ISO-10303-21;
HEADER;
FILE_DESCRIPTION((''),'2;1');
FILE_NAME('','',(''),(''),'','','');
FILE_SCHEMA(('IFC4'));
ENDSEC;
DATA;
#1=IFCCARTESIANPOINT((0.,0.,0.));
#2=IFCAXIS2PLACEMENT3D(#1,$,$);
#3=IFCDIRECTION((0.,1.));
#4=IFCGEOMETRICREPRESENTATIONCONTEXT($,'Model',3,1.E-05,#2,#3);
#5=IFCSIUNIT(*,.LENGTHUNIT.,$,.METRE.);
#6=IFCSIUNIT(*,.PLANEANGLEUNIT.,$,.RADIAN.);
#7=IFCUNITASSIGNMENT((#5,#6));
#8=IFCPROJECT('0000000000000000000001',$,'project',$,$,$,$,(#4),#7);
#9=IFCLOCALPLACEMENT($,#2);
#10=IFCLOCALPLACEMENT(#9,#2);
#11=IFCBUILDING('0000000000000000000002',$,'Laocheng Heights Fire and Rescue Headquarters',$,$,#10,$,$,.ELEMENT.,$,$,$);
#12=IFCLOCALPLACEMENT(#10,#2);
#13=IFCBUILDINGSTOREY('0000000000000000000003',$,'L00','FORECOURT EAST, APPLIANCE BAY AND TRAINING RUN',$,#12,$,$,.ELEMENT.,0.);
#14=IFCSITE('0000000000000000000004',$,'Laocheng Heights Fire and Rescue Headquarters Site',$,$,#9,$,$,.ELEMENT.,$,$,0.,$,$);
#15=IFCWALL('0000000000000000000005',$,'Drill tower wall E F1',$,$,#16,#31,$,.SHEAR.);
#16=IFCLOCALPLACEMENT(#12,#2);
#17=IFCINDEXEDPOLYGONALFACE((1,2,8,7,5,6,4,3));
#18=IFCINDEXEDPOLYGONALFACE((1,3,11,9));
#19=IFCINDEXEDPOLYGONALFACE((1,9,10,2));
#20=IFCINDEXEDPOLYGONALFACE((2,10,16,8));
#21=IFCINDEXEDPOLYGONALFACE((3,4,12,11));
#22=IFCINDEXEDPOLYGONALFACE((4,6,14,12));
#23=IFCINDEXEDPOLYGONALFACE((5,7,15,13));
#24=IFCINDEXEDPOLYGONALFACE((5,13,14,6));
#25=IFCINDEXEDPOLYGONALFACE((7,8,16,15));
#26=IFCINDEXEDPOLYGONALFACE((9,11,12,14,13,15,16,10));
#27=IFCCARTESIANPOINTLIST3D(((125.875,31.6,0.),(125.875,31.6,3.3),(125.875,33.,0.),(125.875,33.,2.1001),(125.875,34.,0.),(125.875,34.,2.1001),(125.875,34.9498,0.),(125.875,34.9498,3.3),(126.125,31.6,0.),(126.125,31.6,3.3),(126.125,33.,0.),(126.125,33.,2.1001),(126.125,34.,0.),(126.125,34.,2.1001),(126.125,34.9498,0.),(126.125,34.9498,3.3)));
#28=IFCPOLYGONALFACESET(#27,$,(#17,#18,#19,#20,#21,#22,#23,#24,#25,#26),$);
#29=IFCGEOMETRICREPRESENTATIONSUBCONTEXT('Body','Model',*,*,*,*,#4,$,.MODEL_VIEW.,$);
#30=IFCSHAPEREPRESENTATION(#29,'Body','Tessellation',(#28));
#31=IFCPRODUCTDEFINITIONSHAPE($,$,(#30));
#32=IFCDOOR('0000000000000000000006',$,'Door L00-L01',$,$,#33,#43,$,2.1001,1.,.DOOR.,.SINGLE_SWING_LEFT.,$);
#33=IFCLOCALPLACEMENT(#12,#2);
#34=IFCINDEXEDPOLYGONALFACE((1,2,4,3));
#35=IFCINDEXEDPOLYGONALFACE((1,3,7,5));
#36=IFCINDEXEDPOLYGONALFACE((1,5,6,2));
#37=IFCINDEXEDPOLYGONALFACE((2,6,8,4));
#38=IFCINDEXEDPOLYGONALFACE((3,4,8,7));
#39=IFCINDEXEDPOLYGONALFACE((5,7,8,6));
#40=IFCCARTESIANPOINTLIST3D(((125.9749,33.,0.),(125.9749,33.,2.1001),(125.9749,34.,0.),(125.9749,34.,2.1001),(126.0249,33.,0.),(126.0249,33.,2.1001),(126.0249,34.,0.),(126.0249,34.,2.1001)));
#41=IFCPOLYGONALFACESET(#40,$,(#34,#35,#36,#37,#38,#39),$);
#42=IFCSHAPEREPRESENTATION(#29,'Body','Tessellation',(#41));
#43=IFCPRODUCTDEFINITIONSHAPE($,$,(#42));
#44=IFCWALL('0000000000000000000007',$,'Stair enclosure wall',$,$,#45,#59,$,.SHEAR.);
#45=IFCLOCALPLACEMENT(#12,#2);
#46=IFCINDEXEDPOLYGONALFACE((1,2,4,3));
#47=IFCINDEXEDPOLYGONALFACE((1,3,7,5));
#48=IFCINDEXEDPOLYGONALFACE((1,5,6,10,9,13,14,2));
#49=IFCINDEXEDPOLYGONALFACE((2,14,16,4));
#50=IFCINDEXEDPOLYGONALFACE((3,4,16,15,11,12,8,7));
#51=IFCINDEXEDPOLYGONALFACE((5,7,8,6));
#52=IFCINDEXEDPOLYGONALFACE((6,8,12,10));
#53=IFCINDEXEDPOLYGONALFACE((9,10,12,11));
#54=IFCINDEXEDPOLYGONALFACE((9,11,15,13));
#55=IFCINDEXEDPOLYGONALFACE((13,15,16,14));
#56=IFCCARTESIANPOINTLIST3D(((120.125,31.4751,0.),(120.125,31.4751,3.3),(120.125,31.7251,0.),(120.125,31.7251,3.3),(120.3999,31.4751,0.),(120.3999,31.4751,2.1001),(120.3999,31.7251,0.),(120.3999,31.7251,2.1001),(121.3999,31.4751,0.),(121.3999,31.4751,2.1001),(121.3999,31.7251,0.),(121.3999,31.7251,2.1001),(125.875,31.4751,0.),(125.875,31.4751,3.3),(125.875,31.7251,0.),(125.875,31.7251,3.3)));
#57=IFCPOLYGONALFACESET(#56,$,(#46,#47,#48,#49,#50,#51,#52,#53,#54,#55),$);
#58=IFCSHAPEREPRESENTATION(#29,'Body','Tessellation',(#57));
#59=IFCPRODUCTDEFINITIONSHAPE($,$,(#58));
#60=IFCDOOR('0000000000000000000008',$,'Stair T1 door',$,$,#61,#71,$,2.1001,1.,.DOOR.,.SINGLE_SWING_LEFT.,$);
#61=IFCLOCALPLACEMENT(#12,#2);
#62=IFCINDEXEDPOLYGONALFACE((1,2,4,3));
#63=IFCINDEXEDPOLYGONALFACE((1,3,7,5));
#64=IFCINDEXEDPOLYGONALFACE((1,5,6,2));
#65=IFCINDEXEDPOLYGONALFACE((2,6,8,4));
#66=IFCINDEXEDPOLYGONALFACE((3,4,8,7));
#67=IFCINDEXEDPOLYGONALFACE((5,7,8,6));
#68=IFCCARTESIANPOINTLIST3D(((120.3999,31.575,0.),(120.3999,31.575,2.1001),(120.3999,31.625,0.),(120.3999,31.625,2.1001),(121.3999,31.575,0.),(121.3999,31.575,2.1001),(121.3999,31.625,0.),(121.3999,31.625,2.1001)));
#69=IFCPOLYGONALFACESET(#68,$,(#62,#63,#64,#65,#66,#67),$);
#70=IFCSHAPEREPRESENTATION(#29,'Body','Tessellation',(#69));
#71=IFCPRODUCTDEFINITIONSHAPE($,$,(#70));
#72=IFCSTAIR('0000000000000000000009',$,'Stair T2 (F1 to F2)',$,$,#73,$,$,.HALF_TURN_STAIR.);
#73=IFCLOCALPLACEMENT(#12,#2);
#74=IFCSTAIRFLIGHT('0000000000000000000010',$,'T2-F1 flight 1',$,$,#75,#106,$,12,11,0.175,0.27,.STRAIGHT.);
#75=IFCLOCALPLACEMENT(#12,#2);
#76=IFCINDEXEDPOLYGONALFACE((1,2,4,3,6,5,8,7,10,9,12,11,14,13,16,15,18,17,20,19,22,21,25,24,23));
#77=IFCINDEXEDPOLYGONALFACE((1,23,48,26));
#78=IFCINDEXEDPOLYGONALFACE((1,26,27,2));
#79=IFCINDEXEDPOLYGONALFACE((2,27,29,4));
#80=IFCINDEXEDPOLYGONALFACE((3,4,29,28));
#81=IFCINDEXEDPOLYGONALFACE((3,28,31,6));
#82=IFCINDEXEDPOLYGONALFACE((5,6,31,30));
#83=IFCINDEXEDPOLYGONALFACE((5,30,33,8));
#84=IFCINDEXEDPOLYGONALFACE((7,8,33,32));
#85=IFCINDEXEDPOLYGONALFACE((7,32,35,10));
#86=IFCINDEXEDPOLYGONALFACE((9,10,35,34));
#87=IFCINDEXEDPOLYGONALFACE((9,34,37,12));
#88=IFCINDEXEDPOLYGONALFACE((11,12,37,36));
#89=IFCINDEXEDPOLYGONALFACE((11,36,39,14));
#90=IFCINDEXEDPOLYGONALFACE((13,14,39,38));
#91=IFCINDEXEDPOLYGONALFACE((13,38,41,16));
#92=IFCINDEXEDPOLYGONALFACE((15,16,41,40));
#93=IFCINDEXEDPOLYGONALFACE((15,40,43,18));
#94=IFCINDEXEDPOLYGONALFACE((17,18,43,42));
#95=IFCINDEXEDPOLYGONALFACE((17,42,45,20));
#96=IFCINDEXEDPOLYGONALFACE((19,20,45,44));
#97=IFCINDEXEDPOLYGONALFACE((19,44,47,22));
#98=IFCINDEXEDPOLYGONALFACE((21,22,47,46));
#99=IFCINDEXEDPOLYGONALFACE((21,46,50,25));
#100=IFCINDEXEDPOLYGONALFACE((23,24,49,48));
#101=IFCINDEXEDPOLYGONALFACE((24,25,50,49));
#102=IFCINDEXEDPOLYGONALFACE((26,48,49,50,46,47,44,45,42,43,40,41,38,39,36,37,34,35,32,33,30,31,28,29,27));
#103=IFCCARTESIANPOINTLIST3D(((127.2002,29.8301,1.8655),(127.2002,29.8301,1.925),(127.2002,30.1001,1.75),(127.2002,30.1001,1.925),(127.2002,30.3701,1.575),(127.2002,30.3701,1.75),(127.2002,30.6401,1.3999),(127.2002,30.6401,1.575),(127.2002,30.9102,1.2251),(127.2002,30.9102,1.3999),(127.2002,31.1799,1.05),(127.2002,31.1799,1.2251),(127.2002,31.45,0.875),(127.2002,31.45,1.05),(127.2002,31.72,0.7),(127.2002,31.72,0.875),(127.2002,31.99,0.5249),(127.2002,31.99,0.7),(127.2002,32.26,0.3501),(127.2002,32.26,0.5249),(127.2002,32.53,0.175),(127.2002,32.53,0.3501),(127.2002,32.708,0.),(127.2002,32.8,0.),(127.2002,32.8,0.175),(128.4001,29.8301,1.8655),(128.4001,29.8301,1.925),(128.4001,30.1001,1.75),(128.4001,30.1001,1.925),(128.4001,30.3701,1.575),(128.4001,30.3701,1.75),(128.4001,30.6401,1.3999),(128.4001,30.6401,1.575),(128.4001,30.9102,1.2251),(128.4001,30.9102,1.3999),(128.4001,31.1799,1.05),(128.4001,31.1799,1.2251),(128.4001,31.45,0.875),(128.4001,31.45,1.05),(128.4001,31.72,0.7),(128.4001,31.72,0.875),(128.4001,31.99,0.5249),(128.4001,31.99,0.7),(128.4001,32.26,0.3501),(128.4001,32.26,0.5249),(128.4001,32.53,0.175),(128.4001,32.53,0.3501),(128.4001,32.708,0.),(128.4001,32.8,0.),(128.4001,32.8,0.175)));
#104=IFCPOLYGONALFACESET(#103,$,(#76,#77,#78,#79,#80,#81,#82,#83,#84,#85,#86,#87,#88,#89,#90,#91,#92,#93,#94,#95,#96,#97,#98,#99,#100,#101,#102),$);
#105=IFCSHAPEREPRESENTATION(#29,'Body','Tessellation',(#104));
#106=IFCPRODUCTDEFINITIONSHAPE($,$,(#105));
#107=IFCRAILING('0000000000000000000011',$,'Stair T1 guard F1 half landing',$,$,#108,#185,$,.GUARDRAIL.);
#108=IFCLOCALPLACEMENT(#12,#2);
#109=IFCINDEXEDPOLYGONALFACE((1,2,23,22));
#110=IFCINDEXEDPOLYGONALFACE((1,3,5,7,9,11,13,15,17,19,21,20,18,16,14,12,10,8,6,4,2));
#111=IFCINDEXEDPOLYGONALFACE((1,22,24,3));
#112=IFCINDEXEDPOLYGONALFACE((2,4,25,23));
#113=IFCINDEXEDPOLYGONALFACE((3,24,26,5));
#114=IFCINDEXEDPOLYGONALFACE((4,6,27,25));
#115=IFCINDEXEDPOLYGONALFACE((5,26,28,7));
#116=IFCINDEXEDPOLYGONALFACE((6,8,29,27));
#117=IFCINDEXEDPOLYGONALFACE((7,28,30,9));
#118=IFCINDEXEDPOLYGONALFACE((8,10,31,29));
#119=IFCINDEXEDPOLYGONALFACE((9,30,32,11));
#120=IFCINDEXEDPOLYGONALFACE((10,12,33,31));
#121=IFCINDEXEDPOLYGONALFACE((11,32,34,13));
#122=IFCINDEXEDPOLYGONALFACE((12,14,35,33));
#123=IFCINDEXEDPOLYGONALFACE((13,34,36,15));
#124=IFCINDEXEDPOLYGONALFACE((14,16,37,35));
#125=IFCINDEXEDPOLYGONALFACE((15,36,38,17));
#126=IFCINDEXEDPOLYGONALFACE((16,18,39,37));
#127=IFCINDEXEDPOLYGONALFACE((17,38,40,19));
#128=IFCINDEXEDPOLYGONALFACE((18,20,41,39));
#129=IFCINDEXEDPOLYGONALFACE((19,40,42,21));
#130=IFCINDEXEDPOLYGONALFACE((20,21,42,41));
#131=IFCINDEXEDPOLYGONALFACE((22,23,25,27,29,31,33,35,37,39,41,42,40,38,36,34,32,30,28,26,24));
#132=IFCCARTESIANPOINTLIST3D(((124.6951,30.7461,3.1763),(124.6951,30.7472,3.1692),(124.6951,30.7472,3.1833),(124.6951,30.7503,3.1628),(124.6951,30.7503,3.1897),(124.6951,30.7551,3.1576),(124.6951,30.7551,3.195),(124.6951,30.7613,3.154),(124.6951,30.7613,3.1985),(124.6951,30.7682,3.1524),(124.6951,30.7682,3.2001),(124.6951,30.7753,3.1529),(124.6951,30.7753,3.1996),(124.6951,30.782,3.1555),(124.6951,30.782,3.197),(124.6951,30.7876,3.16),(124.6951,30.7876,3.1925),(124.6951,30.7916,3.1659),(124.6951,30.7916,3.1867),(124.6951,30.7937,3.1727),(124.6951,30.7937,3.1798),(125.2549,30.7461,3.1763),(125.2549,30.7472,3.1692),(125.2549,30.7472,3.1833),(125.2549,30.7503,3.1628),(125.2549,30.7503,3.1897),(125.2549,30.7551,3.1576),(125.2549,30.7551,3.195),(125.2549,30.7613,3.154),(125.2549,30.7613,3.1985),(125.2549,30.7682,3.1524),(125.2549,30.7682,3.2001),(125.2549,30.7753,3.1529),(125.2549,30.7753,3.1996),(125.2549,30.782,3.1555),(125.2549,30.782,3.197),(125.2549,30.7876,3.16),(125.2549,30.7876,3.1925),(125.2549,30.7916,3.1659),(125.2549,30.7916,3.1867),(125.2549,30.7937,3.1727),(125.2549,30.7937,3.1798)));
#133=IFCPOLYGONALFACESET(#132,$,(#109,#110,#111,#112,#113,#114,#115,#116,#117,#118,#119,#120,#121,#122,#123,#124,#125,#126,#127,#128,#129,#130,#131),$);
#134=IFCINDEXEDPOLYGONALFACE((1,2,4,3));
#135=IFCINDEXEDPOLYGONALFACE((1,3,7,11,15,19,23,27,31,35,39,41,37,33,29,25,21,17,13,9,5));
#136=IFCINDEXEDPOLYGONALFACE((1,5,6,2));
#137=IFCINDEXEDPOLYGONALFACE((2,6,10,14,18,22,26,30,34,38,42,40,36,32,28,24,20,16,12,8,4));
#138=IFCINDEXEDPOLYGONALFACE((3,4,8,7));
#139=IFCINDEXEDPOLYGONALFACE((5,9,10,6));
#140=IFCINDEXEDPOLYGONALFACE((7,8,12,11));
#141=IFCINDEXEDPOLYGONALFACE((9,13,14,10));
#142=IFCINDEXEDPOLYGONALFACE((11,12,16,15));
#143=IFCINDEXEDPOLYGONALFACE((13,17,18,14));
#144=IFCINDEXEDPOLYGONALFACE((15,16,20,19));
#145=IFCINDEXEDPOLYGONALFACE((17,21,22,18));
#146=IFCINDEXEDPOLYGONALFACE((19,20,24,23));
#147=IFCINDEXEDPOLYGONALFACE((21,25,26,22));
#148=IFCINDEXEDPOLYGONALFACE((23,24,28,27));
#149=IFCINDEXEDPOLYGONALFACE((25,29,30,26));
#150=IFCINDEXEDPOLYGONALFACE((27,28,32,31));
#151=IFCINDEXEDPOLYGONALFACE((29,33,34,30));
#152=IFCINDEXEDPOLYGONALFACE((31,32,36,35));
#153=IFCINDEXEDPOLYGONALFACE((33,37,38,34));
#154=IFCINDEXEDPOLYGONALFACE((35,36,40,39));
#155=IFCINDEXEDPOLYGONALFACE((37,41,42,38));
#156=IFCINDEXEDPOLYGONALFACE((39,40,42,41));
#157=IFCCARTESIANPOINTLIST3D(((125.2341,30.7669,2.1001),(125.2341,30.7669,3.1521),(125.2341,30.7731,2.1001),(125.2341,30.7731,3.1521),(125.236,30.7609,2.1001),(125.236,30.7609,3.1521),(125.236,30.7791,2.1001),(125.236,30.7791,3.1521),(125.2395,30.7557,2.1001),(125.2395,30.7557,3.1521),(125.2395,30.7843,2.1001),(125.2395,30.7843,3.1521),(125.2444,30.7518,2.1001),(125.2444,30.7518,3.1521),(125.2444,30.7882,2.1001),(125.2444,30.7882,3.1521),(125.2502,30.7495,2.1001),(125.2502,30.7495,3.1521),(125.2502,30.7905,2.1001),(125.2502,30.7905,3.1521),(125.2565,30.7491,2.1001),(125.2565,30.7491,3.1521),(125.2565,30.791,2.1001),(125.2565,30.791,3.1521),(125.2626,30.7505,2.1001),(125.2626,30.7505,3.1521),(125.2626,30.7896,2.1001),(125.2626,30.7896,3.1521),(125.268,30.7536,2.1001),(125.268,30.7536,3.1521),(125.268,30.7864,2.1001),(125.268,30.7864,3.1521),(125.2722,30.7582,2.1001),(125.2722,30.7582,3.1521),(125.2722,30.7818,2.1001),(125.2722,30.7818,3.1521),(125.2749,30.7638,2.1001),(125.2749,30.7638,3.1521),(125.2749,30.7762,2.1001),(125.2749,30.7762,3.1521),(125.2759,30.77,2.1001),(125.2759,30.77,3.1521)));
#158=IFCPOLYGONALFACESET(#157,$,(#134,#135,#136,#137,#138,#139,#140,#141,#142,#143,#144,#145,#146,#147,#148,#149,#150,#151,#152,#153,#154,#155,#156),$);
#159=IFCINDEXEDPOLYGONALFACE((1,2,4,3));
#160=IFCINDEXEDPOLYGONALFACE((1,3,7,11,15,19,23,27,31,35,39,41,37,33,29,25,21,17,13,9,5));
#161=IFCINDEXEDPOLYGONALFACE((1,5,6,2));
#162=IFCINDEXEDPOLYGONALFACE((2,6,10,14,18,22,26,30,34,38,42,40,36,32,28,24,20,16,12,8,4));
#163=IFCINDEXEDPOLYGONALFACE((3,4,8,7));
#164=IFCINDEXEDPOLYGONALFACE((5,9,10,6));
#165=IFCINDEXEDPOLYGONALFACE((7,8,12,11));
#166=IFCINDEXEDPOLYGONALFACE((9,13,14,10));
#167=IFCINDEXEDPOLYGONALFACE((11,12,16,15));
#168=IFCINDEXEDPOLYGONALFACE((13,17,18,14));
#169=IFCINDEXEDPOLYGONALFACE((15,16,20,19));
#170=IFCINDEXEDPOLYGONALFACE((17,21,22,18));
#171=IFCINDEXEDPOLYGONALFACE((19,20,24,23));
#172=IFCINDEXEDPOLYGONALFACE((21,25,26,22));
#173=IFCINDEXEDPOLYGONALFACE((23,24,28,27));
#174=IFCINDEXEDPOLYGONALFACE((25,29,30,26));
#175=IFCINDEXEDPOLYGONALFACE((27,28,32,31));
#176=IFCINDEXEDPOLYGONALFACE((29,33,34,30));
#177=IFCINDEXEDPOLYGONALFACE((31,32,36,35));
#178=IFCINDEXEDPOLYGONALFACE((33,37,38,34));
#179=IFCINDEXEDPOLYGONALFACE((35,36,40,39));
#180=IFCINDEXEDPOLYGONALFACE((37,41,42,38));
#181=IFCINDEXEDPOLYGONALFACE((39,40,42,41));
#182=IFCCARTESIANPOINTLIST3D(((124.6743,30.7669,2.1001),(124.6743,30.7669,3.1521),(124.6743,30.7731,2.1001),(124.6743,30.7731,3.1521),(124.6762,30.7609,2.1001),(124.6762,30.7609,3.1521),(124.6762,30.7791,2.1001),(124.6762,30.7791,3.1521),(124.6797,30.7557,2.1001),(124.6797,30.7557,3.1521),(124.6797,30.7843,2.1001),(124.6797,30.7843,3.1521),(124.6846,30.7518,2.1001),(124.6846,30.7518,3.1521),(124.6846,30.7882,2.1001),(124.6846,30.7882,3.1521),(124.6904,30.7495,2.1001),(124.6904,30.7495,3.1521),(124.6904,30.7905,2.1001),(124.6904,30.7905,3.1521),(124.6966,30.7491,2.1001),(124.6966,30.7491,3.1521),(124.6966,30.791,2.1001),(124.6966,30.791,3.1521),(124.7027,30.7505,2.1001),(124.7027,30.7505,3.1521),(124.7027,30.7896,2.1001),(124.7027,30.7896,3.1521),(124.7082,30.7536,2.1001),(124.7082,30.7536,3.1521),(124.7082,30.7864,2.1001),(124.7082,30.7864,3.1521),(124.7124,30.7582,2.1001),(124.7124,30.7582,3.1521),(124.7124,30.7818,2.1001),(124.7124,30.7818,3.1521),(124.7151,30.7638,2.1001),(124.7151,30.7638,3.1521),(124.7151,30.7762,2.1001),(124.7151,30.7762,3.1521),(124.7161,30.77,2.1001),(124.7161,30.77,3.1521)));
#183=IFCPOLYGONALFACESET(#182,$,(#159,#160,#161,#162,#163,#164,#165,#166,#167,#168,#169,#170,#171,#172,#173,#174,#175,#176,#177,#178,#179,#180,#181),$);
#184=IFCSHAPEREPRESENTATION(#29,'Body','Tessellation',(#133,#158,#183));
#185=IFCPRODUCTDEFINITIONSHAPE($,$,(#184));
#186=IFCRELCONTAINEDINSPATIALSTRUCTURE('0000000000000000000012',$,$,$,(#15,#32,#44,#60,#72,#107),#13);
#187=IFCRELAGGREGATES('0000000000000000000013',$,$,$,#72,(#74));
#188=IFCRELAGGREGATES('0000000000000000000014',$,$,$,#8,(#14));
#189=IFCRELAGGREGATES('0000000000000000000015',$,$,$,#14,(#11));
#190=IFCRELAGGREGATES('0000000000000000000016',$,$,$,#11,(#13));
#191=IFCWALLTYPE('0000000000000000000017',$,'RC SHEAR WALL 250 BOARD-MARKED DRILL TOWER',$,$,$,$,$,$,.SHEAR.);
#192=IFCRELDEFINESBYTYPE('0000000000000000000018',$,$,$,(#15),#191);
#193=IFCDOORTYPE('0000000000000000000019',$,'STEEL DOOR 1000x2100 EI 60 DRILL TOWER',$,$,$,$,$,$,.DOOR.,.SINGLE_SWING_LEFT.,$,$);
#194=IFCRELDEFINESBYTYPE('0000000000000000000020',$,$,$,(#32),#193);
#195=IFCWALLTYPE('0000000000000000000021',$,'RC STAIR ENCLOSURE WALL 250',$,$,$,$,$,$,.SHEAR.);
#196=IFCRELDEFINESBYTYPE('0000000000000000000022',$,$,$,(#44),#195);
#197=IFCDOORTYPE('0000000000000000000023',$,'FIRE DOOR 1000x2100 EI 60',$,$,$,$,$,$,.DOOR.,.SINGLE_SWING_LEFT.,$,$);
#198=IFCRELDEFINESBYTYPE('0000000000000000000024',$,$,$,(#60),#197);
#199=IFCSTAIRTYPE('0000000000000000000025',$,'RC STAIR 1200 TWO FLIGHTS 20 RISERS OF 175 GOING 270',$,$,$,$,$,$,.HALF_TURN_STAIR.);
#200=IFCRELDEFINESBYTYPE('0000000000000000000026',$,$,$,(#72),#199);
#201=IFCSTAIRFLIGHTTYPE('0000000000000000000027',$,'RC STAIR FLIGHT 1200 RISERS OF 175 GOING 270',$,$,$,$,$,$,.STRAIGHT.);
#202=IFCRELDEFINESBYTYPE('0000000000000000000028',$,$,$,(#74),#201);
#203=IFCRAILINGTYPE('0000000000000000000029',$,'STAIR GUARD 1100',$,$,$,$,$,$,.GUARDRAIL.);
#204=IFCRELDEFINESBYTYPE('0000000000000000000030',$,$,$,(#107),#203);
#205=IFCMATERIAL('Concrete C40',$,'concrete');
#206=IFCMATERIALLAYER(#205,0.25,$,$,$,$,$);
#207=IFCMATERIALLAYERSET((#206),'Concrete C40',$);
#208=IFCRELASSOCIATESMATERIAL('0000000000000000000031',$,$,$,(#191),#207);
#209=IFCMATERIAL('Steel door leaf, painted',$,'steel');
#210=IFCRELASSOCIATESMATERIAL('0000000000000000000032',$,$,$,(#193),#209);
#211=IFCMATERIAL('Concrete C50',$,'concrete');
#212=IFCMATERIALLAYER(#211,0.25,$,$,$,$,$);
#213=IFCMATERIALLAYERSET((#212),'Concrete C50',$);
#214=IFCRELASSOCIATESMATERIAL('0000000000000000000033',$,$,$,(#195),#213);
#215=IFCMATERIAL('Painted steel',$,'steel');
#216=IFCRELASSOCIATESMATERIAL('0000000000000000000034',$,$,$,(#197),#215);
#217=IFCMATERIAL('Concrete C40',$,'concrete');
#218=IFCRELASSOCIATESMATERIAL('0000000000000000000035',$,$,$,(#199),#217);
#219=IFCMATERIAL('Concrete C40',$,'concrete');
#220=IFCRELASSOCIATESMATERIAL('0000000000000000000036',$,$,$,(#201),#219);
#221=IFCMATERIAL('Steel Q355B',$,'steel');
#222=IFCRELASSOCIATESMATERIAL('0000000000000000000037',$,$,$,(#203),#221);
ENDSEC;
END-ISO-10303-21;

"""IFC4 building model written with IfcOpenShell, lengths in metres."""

from ifc_helpers import new_model, si_unit, direction, frame, frame_2d, origin, origin_2d, place, context, subcontext, project, spatial, polyline, rectangle, circle, outline, extrude, material, layer, layer_set, type_object, element, fill, aggregate, save


model = new_model("IFC4")

# Units and contexts
model_context = context("Model", 3, precision=1e-05, world=origin(), true_north=direction((0.0, 1.0)))
body_context = subcontext(model_context, "Body", "Model", "MODEL_VIEW")
ifc_project = project(units=[si_unit("LENGTHUNIT", "METRE"), si_unit("PLANEANGLEUNIT", "RADIAN")], contexts=[model_context])

# Site, building, storey
site_placement = place(None, origin())
site = spatial("IfcSite", under=ifc_project, at=site_placement, Name="Laocheng Heights Fire and Rescue Headquarters Site", CompositionType="ELEMENT", RefElevation=0.0)
building_placement = place(site_placement, origin())
building = spatial("IfcBuilding", under=site, at=building_placement, Name="Laocheng Heights Fire and Rescue Headquarters", CompositionType="ELEMENT")
storey_placement = place(building_placement, origin())
storey = spatial("IfcBuildingStorey", under=building, at=storey_placement, Name="L00", Description="FORECOURT EAST, APPLIANCE BAY AND TRAINING RUN", CompositionType="ELEMENT", Elevation=0.0)

# Shared definitions
ifc_material_1 = material(Name="Concrete C40", Category="concrete")
ifc_layer_1 = layer(ifc_material_1, 0.25)
ifc_layer_set_1 = layer_set([ifc_layer_1], Name="Concrete C40")
wall_type_1 = type_object("IfcWallType", Name="RC SHEAR WALL 250 BOARD-MARKED DRILL TOWER", PredefinedType="SHEAR", material=ifc_layer_set_1)

# Walls, openings, doors
wall_1_placement = place(storey_placement, frame((126.0, 31.6001, 0.0), z_axis=(0.0, 0.0, 1.0), x_axis=(0.0, 1.0, 0.0)))
wall_1 = element("IfcWall", 1, at=wall_1_placement, inside=storey, type_object=wall_type_1, Name="Drill tower wall E F1", PredefinedType="SHEAR", context=body_context, shape_type="SweptSolid", body=[
    extrude(rectangle(XDim=3.3499, YDim=0.25, at=frame_2d((1.6748, 0.0))), origin(), (0.0, 0.0, 1.0), 3.3),
])
opening_1_placement = place(wall_1_placement, frame((1.3999, 0.0, 0.0)))
opening_1 = element("IfcOpeningElement", 2, at=opening_1_placement, cuts=wall_1, PredefinedType="OPENING", context=body_context, shape_type="SweptSolid", body=[
    extrude(rectangle(XDim=1.0, YDim=2.1001, at=frame_2d((0.5, 1.05))), frame((0.0, 0.135, 0.0), z_axis=(0.0, -1.0, 0.0), x_axis=(1.0, 0.0, 0.0)), (0.0, 0.0, 1.0), 0.27),
])
ifc_material_2 = material(Name="Steel door leaf, painted", Category="steel")
door_type_1 = type_object("IfcDoorType", Name="STEEL DOOR 1000x2100 EI 60 DRILL TOWER", OperationType="SINGLE_SWING_LEFT", PredefinedType="DOOR", material=ifc_material_2)
door_1_placement = place(opening_1_placement, frame((1.0, 0.0, 0.0), z_axis=(0.0, 0.0, 1.0), x_axis=(-1.0, 0.0, 0.0)))
door_1 = element("IfcDoor", 3, at=door_1_placement, inside=storey, type_object=door_type_1, Name="Door L00-L01", OperationType="SINGLE_SWING_LEFT", OverallHeight=2.1001, OverallWidth=1.0, PredefinedType="DOOR", context=body_context, shape_type="SweptSolid", body=[
    extrude(rectangle(XDim=1.0, YDim=2.1001, at=frame_2d((0.5, 1.05))), frame((0.0, 0.0249, 0.0), z_axis=(0.0, -1.0, 0.0), x_axis=(1.0, 0.0, 0.0)), (0.0, 0.0, 1.0), 0.05),
])
fill(opening_1, door_1)
ifc_material_3 = material(Name="Concrete C50", Category="concrete")
ifc_layer_2 = layer(ifc_material_3, 0.25)
ifc_layer_set_2 = layer_set([ifc_layer_2], Name="Concrete C50")
wall_type_2 = type_object("IfcWallType", Name="RC STAIR ENCLOSURE WALL 250", PredefinedType="SHEAR", material=ifc_layer_set_2)
wall_2_placement = place(storey_placement, frame((120.125, 31.6001, 0.0), z_axis=(0.0, 0.0, 1.0), x_axis=(1.0, 0.0, 0.0)))
wall_2 = element("IfcWall", 4, at=wall_2_placement, inside=storey, type_object=wall_type_2, Name="Stair enclosure wall", PredefinedType="SHEAR", context=body_context, shape_type="SweptSolid", body=[
    extrude(rectangle(XDim=5.75, YDim=0.25, at=frame_2d((2.875, 0.0))), origin(), (0.0, 0.0, 1.0), 3.3),
])
opening_2_placement = place(wall_2_placement, frame((0.2749, 0.0, 0.0)))
opening_2 = element("IfcOpeningElement", 5, at=opening_2_placement, cuts=wall_2, PredefinedType="OPENING", context=body_context, shape_type="SweptSolid", body=[
    extrude(rectangle(XDim=1.0, YDim=2.1001, at=frame_2d((0.5, 1.05))), frame((0.0, 0.135, 0.0), z_axis=(0.0, -1.0, 0.0), x_axis=(1.0, 0.0, 0.0)), (0.0, 0.0, 1.0), 0.27),
])
ifc_material_4 = material(Name="Painted steel", Category="steel")
door_type_2 = type_object("IfcDoorType", Name="FIRE DOOR 1000x2100 EI 60", OperationType="SINGLE_SWING_LEFT", PredefinedType="DOOR", material=ifc_material_4)
door_2_placement = place(opening_2_placement, origin())
door_2 = element("IfcDoor", 6, at=door_2_placement, inside=storey, type_object=door_type_2, Name="Stair T1 door", OperationType="SINGLE_SWING_LEFT", OverallHeight=2.1001, OverallWidth=1.0, PredefinedType="DOOR", context=body_context, shape_type="SweptSolid", body=[
    extrude(rectangle(XDim=1.0, YDim=2.1001, at=frame_2d((0.5, 1.05))), frame((0.0, 0.0249, 0.0), z_axis=(0.0, -1.0, 0.0), x_axis=(1.0, 0.0, 0.0)), (0.0, 0.0, 1.0), 0.05),
])
fill(opening_2, door_2)

# Stair, stair flight
ifc_material_5 = material(Name="Concrete C40", Category="concrete")
stair_type = type_object("IfcStairType", Name="RC STAIR 1200 TWO FLIGHTS 20 RISERS OF 175 GOING 270", PredefinedType="HALF_TURN_STAIR", material=ifc_material_5)
stair_placement = place(storey_placement, origin())
stair = element("IfcStair", 7, at=stair_placement, inside=storey, type_object=stair_type, Name="Stair T2 (F1 to F2)", PredefinedType="HALF_TURN_STAIR")
ifc_material_6 = material(Name="Concrete C40", Category="concrete")
stair_flight_type = type_object("IfcStairFlightType", Name="RC STAIR FLIGHT 1200 RISERS OF 175 GOING 270", PredefinedType="STRAIGHT", material=ifc_material_6)
stair_flight_placement = place(storey_placement, frame((127.8, 32.8, 0.0), z_axis=(0.0, 0.0, 1.0), x_axis=(0.0, -1.0, 0.0)))
stair_flight = element("IfcStairFlight", 8, at=stair_flight_placement, type_object=stair_flight_type, Name="T2-F1 flight 1", NumberOfRisers=12, NumberOfTreads=11, PredefinedType="STRAIGHT", RiserHeight=0.175, TreadLength=0.27, context=body_context, shape_type="SweptSolid", body=[
    extrude(outline(polyline([(0.0, 0.0), (0.0, 0.175), (0.27, 0.175), (0.27, 0.3501), (0.54, 0.3501), (0.54, 0.5249), (0.8101, 0.5249), (0.8101, 0.7), (1.0801, 0.7), (1.0801, 0.875), (1.3501, 0.875), (1.3501, 1.05), (1.6201, 1.05), (1.6201, 1.2251), (1.8899, 1.2251), (1.8899, 1.3999), (2.1599, 1.3999), (2.1599, 1.575), (2.4299, 1.575), (2.4299, 1.75), (2.7, 1.75), (2.7, 1.925), (2.97, 1.925), (2.97, 2.1001), (2.97, 1.8655), (0.092, 0.0), (0.0, 0.0)])), frame((0.0, 0.6001, 0.0), z_axis=(0.0, -1.0, 0.0), x_axis=(1.0, 0.0, 0.0)), (0.0, 0.0, 1.0), 1.2),
])
aggregate(stair, [stair_flight])

# Railing
ifc_material_7 = material(Name="Steel Q355B", Category="steel")
railing_type_1 = type_object("IfcRailingType", Name="STAIR GUARD 1100", PredefinedType="GUARDRAIL", material=ifc_material_7)
railing_1_placement = place(storey_placement, frame((125.2549, 30.77, 2.1001)))
element("IfcRailing", 9, at=railing_1_placement, inside=storey, type_object=railing_type_1, Name="Stair T1 guard F1 half landing", PredefinedType="GUARDRAIL", context=body_context, shape_type="SweptSolid", body=[
    extrude(circle(Radius=0.0239, at=origin_2d()), frame((0.0, 0.0, 1.0762), z_axis=(-1.0, 0.0, 0.0), x_axis=(0.0, -1.0, 0.0)), (0.0, 0.0, 1.0), 0.5598),
    extrude(circle(Radius=0.021, at=origin_2d()), origin(), (0.0, 0.0, 1.0), 1.052),
    extrude(circle(Radius=0.021, at=origin_2d()), frame((-0.5598, 0.0, 0.0)), (0.0, 0.0, 1.0), 1.052),
])

save(model, "model.ifc")
